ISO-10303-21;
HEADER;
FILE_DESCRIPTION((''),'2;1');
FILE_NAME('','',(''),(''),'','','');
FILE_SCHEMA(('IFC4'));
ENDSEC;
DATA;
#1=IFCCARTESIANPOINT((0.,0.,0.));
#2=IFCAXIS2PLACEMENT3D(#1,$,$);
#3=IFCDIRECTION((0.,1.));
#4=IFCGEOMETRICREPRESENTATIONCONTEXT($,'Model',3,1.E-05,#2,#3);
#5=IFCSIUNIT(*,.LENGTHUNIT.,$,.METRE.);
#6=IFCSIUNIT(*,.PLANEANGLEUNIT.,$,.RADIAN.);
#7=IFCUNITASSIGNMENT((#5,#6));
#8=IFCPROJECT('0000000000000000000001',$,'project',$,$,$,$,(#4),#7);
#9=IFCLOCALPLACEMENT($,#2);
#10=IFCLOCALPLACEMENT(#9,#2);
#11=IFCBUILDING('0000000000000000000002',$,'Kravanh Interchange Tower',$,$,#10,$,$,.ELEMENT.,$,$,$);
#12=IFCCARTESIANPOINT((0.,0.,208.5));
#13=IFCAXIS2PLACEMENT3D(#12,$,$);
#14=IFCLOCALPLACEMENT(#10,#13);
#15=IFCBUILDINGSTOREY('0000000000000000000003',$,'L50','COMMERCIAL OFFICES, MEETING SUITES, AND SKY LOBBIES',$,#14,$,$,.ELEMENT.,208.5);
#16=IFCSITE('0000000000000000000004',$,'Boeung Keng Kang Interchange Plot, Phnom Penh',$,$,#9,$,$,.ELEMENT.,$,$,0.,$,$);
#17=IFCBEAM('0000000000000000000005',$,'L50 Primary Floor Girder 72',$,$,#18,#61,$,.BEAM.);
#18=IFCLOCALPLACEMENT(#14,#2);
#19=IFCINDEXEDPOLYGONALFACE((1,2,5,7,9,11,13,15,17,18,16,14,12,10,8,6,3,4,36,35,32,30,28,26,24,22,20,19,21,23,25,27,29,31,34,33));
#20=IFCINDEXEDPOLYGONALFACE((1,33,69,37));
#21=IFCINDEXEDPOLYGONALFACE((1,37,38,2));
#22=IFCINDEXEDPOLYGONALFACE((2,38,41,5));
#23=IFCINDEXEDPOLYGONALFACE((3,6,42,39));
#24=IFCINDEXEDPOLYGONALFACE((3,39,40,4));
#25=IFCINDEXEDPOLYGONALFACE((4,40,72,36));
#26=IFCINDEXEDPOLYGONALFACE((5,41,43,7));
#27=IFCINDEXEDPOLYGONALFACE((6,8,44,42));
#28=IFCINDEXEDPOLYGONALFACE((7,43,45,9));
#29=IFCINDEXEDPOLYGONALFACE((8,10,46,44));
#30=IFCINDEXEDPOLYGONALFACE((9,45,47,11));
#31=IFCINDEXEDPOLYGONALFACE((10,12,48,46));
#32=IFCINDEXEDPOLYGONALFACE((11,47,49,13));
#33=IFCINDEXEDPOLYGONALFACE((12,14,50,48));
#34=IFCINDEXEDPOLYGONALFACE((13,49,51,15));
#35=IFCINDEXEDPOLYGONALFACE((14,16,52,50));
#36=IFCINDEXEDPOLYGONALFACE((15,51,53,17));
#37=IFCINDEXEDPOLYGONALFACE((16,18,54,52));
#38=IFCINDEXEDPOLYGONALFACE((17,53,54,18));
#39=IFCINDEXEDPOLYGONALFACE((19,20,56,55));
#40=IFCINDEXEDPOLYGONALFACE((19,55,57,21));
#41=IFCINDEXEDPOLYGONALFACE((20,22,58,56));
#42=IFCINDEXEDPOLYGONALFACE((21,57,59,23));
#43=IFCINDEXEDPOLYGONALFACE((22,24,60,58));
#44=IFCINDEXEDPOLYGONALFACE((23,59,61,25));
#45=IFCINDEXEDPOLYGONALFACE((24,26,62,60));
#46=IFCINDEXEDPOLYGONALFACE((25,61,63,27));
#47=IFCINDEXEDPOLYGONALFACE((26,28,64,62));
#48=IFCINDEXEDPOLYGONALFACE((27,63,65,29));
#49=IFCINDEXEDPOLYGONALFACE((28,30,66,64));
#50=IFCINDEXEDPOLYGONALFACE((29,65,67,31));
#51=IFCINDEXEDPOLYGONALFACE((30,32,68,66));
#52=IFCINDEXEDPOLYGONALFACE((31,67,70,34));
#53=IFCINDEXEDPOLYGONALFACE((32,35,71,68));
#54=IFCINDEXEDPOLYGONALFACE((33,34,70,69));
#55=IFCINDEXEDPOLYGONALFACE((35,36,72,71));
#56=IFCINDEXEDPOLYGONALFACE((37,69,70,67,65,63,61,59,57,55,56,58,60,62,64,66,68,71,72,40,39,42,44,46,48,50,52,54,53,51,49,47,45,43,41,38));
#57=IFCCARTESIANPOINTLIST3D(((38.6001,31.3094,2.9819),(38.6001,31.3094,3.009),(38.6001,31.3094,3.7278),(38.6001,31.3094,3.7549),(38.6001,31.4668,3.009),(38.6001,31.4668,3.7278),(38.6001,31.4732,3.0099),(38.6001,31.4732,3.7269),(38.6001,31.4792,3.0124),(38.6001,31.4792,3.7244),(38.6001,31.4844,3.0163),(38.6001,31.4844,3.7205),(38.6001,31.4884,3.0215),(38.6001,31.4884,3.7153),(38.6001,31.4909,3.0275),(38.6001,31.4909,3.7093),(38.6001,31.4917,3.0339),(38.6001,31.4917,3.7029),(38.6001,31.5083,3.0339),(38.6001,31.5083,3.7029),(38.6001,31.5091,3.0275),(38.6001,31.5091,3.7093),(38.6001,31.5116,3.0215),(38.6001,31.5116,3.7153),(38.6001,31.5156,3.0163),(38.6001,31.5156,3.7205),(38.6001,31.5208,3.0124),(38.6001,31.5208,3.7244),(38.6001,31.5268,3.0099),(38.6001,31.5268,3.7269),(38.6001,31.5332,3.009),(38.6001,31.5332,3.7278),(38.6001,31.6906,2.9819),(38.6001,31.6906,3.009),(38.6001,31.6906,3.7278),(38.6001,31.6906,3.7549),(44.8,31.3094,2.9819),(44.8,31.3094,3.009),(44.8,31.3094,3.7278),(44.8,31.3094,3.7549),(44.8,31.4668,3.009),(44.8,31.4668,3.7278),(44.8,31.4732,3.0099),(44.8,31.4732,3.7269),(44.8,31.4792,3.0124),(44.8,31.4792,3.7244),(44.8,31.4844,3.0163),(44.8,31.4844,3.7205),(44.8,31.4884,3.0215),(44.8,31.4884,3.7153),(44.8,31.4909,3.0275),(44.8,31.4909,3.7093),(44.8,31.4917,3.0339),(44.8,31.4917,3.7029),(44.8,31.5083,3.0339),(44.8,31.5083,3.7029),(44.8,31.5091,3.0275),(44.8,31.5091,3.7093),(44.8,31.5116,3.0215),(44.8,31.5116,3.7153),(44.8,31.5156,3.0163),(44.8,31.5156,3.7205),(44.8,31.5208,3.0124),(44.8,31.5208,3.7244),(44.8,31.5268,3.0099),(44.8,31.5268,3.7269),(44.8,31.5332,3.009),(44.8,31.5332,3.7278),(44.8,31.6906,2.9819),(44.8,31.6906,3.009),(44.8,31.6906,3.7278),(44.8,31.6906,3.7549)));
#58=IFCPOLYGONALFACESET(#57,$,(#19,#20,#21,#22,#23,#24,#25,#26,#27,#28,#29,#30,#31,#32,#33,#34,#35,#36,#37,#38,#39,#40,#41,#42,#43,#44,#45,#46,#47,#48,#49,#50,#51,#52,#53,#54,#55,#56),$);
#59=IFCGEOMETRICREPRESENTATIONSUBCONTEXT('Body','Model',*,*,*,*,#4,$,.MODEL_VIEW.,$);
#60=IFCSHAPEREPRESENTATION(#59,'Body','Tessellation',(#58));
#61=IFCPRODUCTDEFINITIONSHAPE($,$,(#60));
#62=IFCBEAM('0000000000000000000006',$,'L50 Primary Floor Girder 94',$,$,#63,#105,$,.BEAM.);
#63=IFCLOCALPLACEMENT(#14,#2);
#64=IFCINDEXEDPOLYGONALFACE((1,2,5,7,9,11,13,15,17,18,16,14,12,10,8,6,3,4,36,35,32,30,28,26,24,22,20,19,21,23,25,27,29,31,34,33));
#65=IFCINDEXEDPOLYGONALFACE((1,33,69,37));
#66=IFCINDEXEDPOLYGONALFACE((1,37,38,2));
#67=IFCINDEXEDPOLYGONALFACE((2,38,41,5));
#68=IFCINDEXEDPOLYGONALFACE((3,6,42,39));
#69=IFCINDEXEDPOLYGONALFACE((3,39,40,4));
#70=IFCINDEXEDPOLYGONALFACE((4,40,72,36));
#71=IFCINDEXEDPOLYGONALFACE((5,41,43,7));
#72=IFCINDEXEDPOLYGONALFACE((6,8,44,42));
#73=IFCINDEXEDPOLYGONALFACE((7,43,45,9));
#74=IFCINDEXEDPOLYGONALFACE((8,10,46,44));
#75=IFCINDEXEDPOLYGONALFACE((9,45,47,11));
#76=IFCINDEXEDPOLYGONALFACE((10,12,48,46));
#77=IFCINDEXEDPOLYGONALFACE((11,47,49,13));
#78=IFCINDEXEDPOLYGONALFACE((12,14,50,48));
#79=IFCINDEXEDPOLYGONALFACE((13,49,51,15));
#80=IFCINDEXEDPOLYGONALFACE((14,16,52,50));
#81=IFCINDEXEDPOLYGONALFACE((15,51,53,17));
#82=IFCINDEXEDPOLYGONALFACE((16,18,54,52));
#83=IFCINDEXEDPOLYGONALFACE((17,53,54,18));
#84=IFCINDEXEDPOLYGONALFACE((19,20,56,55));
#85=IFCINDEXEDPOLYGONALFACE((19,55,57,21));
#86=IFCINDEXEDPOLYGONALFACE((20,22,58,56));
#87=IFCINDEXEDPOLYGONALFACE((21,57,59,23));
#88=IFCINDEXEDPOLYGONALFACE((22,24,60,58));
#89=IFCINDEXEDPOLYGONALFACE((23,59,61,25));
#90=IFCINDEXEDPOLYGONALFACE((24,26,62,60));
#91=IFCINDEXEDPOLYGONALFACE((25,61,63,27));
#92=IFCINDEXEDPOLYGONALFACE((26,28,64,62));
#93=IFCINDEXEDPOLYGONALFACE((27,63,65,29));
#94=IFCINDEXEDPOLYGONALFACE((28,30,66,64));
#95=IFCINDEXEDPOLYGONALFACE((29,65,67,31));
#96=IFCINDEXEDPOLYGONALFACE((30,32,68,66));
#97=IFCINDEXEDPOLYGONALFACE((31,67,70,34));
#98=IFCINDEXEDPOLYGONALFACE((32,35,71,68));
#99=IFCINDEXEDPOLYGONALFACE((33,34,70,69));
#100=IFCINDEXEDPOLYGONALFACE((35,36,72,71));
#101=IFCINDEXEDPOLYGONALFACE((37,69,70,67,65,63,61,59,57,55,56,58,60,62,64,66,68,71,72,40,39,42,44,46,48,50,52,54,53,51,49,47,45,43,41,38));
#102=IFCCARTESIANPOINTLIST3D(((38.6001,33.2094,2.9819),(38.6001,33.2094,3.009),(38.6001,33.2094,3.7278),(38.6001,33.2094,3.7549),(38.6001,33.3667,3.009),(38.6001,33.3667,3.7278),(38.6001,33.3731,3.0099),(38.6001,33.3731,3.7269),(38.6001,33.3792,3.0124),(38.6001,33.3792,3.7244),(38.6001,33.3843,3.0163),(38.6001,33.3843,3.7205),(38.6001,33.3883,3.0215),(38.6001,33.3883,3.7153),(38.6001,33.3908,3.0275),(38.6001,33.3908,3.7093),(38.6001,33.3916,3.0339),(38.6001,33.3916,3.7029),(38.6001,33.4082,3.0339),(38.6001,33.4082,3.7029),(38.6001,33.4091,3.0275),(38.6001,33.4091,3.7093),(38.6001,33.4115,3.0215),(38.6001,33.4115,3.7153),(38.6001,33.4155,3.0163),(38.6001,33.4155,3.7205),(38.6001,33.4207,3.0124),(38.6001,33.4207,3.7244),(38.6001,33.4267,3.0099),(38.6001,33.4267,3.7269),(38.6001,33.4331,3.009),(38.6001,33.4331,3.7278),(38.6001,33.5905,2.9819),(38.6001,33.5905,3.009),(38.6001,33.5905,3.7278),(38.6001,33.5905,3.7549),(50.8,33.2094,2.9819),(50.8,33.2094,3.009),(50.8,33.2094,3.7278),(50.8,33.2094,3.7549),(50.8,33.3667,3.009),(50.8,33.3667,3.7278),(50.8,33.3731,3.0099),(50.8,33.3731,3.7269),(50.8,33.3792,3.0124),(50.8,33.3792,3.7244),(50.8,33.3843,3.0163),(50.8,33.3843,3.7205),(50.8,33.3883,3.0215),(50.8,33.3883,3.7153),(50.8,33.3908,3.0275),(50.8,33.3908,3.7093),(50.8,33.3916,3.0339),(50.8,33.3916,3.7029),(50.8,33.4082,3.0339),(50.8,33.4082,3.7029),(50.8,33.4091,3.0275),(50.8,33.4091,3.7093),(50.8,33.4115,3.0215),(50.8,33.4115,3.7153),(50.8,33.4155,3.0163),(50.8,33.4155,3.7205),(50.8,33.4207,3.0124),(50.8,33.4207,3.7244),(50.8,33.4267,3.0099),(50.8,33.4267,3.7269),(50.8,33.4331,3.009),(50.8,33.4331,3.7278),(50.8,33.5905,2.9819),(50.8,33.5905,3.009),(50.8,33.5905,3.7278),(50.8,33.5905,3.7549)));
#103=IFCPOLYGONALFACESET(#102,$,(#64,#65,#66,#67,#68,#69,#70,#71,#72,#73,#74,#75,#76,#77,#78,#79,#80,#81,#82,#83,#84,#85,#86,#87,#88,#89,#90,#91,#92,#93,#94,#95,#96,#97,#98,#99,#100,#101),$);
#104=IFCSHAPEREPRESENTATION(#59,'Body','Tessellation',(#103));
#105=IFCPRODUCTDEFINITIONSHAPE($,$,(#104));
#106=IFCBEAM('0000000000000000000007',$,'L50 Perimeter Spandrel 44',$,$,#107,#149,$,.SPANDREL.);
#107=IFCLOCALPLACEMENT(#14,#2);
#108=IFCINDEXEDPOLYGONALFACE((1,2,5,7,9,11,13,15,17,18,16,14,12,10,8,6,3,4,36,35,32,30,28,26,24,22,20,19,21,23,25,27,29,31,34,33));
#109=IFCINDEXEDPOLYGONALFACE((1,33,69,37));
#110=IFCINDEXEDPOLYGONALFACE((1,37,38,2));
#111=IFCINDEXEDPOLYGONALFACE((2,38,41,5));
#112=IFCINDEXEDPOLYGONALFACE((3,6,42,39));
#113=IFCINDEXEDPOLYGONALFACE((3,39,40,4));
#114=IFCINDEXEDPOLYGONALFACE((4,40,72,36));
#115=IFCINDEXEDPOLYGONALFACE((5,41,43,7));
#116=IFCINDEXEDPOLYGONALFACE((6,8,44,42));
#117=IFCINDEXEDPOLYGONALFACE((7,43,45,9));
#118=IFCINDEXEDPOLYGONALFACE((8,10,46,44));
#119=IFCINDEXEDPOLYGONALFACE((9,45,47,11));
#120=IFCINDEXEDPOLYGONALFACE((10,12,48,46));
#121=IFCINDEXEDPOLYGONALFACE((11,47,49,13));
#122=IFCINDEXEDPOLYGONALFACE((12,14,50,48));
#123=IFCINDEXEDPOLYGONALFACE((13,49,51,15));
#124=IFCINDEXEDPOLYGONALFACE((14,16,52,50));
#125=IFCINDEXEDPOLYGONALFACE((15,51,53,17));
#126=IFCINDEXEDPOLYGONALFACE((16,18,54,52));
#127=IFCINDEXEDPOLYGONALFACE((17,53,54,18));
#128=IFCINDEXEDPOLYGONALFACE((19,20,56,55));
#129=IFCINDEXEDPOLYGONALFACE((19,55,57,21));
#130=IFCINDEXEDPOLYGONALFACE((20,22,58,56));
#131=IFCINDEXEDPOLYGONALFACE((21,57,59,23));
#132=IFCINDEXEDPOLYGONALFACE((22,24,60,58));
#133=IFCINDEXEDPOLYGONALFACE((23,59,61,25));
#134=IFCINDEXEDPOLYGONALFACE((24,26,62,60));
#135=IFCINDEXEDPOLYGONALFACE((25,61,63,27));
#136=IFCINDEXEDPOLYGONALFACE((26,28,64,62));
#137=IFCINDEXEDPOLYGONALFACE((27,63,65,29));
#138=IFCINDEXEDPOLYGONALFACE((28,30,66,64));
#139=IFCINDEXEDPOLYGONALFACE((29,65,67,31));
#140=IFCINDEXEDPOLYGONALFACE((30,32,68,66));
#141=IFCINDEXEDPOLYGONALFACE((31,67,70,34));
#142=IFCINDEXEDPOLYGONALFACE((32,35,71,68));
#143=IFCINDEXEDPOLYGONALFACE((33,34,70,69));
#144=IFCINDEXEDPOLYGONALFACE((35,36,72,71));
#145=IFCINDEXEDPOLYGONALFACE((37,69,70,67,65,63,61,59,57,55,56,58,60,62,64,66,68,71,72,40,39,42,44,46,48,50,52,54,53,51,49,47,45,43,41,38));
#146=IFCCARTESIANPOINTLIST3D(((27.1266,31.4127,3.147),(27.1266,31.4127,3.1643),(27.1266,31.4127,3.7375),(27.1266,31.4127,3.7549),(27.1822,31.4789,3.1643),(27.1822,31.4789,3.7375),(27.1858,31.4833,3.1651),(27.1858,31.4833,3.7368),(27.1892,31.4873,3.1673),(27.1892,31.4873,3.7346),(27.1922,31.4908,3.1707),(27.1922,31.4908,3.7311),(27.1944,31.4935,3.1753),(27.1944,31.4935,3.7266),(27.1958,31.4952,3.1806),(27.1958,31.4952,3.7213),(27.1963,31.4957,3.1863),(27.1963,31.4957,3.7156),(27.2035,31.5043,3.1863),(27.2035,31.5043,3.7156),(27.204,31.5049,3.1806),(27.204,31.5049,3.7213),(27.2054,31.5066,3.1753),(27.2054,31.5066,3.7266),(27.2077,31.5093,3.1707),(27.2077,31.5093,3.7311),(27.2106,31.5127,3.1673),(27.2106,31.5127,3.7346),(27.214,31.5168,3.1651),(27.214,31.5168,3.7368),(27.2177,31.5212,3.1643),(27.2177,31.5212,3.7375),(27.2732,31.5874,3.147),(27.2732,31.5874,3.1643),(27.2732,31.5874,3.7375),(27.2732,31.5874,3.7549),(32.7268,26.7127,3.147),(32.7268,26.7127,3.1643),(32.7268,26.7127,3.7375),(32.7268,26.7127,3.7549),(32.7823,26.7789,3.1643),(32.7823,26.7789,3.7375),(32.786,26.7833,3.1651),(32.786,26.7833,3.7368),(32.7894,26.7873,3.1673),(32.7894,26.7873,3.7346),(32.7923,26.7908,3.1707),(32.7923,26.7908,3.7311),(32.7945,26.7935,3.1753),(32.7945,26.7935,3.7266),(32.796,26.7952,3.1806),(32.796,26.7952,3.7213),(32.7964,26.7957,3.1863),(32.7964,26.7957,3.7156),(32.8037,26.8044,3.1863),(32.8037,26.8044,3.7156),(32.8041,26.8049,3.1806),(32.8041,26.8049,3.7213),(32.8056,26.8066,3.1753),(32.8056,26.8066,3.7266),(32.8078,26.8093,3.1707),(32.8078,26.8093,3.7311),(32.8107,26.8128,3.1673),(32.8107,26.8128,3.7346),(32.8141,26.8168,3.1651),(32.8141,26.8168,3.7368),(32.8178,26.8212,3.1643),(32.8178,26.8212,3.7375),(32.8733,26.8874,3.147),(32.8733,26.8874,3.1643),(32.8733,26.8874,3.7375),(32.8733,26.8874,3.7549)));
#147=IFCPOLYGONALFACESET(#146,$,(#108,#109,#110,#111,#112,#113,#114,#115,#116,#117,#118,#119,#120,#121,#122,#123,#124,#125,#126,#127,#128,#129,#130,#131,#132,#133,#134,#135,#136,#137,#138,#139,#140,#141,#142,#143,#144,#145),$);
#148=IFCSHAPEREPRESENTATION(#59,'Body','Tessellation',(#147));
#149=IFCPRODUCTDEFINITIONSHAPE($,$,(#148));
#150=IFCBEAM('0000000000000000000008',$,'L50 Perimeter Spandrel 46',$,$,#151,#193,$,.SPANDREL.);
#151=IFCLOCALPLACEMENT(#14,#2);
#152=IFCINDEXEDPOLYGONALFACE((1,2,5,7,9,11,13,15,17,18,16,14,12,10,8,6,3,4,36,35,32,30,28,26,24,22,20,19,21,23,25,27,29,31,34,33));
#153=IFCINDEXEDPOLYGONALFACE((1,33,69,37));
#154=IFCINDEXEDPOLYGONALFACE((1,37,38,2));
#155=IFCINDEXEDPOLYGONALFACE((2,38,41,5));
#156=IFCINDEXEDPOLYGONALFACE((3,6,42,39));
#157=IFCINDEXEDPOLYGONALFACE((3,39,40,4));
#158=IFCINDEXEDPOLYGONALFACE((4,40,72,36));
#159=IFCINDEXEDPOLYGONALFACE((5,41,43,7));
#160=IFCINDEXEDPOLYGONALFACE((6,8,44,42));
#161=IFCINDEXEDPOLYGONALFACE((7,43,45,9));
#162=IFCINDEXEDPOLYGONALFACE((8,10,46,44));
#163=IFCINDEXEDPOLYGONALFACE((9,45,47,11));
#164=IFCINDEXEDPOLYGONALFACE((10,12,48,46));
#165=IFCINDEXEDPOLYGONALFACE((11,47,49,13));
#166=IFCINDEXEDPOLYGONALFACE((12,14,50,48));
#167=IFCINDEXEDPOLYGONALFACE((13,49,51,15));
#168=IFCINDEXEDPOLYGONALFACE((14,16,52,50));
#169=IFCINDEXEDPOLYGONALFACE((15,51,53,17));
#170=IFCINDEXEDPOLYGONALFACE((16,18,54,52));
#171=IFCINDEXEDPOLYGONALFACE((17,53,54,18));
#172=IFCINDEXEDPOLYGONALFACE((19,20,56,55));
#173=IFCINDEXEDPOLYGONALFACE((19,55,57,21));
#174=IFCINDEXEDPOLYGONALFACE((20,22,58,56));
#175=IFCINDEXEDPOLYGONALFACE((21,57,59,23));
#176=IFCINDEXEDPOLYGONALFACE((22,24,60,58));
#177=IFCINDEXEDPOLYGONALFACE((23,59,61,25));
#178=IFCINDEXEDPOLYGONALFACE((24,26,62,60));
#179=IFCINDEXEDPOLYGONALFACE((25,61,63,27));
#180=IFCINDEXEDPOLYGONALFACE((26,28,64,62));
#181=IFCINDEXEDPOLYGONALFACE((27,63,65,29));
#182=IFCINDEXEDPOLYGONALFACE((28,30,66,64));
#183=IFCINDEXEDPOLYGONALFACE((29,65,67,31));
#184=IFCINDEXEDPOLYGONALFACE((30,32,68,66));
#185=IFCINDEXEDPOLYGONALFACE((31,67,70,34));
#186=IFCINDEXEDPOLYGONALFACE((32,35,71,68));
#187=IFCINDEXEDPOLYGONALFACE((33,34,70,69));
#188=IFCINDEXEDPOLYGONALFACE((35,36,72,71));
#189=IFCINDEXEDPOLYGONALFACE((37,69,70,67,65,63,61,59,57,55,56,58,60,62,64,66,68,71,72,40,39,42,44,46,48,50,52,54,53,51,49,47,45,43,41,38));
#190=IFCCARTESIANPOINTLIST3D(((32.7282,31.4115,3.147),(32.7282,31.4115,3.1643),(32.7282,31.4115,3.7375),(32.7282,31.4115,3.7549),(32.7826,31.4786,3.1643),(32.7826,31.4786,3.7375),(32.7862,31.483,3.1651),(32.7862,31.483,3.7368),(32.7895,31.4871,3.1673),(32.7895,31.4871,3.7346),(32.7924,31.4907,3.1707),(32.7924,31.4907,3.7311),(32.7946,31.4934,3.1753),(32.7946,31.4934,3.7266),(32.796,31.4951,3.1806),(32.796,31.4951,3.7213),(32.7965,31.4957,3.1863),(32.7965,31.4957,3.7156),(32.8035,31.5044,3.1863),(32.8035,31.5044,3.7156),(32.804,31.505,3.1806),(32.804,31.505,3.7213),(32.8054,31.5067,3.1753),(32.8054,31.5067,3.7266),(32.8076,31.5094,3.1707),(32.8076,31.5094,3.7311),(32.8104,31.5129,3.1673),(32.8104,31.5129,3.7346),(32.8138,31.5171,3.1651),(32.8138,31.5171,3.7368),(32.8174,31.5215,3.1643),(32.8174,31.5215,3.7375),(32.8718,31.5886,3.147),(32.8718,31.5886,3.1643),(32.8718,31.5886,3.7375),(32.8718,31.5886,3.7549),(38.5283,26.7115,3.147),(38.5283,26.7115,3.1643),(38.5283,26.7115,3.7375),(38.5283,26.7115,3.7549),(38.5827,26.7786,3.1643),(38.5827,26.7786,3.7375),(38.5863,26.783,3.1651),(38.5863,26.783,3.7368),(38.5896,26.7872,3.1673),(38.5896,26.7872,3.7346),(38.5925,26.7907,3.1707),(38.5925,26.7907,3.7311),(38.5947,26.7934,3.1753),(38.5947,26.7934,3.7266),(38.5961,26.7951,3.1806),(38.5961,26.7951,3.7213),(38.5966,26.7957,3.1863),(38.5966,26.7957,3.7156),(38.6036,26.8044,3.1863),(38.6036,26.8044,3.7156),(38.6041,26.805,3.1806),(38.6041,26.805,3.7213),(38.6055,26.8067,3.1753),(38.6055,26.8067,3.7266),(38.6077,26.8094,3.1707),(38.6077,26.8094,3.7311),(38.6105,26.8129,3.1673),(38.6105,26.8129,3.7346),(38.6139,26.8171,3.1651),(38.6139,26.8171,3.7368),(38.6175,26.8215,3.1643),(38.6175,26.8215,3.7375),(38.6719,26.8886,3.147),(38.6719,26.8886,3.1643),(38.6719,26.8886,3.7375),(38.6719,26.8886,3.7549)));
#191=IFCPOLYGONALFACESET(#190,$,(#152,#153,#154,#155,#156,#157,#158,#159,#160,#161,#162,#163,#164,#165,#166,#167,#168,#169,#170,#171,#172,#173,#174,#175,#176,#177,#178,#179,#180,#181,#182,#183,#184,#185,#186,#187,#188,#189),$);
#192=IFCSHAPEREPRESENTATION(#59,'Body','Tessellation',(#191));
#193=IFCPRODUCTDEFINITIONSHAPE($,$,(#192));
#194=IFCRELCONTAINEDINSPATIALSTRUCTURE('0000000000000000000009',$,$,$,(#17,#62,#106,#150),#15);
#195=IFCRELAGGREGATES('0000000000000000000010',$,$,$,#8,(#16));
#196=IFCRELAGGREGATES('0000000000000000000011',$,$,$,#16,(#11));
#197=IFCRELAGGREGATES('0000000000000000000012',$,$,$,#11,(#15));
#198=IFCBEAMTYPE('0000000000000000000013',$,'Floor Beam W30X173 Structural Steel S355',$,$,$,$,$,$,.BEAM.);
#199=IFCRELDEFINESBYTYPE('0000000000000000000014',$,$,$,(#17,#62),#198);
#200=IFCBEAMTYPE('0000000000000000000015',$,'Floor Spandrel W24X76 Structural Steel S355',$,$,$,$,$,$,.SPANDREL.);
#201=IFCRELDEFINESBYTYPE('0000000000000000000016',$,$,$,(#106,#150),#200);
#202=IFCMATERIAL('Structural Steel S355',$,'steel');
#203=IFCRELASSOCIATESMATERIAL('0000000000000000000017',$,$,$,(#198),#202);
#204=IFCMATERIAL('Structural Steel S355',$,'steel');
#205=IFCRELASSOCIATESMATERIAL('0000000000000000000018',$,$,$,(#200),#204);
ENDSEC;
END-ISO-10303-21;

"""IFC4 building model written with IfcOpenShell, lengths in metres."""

from ifc_helpers import new_model, si_unit, direction, frame, origin, origin_2d, place, context, subcontext, project, spatial, i_section, extrude, material, material_profile, profile_set, type_object, element, save


model = new_model("IFC4")

# Units and contexts
model_context = context("Model", 3, precision=1e-05, world=origin(), true_north=direction((0.0, 1.0)))
body_context = subcontext(model_context, "Body", "Model", "MODEL_VIEW")
ifc_project = project(units=[si_unit("LENGTHUNIT", "METRE"), si_unit("PLANEANGLEUNIT", "RADIAN")], contexts=[model_context])

# Site, building, storey
site_placement = place(None, origin())
site = spatial("IfcSite", under=ifc_project, at=site_placement, Name="Boeung Keng Kang Interchange Plot, Phnom Penh", CompositionType="ELEMENT", RefElevation=0.0)
building_placement = place(site_placement, origin())
building = spatial("IfcBuilding", under=site, at=building_placement, Name="Kravanh Interchange Tower", CompositionType="ELEMENT")
storey_placement = place(building_placement, frame((0.0, 0.0, 208.5)))
storey = spatial("IfcBuildingStorey", under=building, at=storey_placement, Name="L50", Description="COMMERCIAL OFFICES, MEETING SUITES, AND SKY LOBBIES", CompositionType="ELEMENT", Elevation=208.5)

# Beams
ifc_material_1 = material(Name="Structural Steel S355", Category="steel")
ifc_material_profile_1 = material_profile(ifc_material_1, i_section(OverallWidth=0.3811, OverallDepth=0.7729, WebThickness=0.0166, FlangeThickness=0.0271, FilletRadius=0.0249, at=origin_2d()), Name="W30X173")
ifc_profile_set_1 = profile_set([ifc_material_profile_1], Name="Structural Steel S355")
beam_type_1 = type_object("IfcBeamType", Name="Floor Beam W30X173 Structural Steel S355", PredefinedType="BEAM", material=ifc_profile_set_1)
beam_1_placement = place(storey_placement, frame((38.6001, 31.5, 3.3684), z_axis=(1.0, 0.0, 0.0), x_axis=(0.0, 1.0, 0.0)))
element("IfcBeam", 1, at=beam_1_placement, inside=storey, type_object=beam_type_1, Name="L50 Primary Floor Girder 72", PredefinedType="BEAM", context=body_context, shape_type="SweptSolid", body=[
    extrude(i_section(OverallWidth=0.3811, OverallDepth=0.7729, WebThickness=0.0166, FlangeThickness=0.0271, FilletRadius=0.0249, at=origin_2d()), origin(), (0.0, 0.0, 1.0), 6.2),
])
beam_2_placement = place(storey_placement, frame((38.6001, 33.3999, 3.3684), z_axis=(1.0, 0.0, 0.0), x_axis=(0.0, 1.0, 0.0)))
element("IfcBeam", 2, at=beam_2_placement, inside=storey, type_object=beam_type_1, Name="L50 Primary Floor Girder 94", PredefinedType="BEAM", context=body_context, shape_type="SweptSolid", body=[
    extrude(i_section(OverallWidth=0.3811, OverallDepth=0.7729, WebThickness=0.0166, FlangeThickness=0.0271, FilletRadius=0.0249, at=origin_2d()), origin(), (0.0, 0.0, 1.0), 12.2),
])
ifc_material_2 = material(Name="Structural Steel S355", Category="steel")
ifc_material_profile_2 = material_profile(ifc_material_2, i_section(OverallWidth=0.228, OverallDepth=0.6079, WebThickness=0.0112, FlangeThickness=0.0173, FilletRadius=0.022, at=origin_2d()), Name="W24X76")
ifc_profile_set_2 = profile_set([ifc_material_profile_2], Name="Structural Steel S355")
beam_type_2 = type_object("IfcBeamType", Name="Floor Spandrel W24X76 Structural Steel S355", PredefinedType="SPANDREL", material=ifc_profile_set_2)
beam_3_placement = place(storey_placement, frame((32.8, 26.8, 3.4509), z_axis=(-0.765983, 0.642861, 0.0), x_axis=(-0.642861, -0.765983, 0.0)))
element("IfcBeam", 3, at=beam_3_placement, inside=storey, type_object=beam_type_2, Name="L50 Perimeter Spandrel 44", PredefinedType="SPANDREL", context=body_context, shape_type="SweptSolid", body=[
    extrude(i_section(OverallWidth=0.228, OverallDepth=0.6079, WebThickness=0.0112, FlangeThickness=0.0173, FilletRadius=0.022, at=origin_2d()), origin(), (0.0, 0.0, 1.0), 7.311),
])
beam_4_placement = place(storey_placement, frame((38.6001, 26.8, 3.4509), z_axis=(-0.776939, 0.629576, 0.0), x_axis=(-0.629576, -0.776939, 0.0)))
element("IfcBeam", 4, at=beam_4_placement, inside=storey, type_object=beam_type_2, Name="L50 Perimeter Spandrel 46", PredefinedType="SPANDREL", context=body_context, shape_type="SweptSolid", body=[
    extrude(i_section(OverallWidth=0.228, OverallDepth=0.6079, WebThickness=0.0112, FlangeThickness=0.0173, FilletRadius=0.022, at=origin_2d()), origin(), (0.0, 0.0, 1.0), 7.4653),
])

save(model, "model.ifc")
